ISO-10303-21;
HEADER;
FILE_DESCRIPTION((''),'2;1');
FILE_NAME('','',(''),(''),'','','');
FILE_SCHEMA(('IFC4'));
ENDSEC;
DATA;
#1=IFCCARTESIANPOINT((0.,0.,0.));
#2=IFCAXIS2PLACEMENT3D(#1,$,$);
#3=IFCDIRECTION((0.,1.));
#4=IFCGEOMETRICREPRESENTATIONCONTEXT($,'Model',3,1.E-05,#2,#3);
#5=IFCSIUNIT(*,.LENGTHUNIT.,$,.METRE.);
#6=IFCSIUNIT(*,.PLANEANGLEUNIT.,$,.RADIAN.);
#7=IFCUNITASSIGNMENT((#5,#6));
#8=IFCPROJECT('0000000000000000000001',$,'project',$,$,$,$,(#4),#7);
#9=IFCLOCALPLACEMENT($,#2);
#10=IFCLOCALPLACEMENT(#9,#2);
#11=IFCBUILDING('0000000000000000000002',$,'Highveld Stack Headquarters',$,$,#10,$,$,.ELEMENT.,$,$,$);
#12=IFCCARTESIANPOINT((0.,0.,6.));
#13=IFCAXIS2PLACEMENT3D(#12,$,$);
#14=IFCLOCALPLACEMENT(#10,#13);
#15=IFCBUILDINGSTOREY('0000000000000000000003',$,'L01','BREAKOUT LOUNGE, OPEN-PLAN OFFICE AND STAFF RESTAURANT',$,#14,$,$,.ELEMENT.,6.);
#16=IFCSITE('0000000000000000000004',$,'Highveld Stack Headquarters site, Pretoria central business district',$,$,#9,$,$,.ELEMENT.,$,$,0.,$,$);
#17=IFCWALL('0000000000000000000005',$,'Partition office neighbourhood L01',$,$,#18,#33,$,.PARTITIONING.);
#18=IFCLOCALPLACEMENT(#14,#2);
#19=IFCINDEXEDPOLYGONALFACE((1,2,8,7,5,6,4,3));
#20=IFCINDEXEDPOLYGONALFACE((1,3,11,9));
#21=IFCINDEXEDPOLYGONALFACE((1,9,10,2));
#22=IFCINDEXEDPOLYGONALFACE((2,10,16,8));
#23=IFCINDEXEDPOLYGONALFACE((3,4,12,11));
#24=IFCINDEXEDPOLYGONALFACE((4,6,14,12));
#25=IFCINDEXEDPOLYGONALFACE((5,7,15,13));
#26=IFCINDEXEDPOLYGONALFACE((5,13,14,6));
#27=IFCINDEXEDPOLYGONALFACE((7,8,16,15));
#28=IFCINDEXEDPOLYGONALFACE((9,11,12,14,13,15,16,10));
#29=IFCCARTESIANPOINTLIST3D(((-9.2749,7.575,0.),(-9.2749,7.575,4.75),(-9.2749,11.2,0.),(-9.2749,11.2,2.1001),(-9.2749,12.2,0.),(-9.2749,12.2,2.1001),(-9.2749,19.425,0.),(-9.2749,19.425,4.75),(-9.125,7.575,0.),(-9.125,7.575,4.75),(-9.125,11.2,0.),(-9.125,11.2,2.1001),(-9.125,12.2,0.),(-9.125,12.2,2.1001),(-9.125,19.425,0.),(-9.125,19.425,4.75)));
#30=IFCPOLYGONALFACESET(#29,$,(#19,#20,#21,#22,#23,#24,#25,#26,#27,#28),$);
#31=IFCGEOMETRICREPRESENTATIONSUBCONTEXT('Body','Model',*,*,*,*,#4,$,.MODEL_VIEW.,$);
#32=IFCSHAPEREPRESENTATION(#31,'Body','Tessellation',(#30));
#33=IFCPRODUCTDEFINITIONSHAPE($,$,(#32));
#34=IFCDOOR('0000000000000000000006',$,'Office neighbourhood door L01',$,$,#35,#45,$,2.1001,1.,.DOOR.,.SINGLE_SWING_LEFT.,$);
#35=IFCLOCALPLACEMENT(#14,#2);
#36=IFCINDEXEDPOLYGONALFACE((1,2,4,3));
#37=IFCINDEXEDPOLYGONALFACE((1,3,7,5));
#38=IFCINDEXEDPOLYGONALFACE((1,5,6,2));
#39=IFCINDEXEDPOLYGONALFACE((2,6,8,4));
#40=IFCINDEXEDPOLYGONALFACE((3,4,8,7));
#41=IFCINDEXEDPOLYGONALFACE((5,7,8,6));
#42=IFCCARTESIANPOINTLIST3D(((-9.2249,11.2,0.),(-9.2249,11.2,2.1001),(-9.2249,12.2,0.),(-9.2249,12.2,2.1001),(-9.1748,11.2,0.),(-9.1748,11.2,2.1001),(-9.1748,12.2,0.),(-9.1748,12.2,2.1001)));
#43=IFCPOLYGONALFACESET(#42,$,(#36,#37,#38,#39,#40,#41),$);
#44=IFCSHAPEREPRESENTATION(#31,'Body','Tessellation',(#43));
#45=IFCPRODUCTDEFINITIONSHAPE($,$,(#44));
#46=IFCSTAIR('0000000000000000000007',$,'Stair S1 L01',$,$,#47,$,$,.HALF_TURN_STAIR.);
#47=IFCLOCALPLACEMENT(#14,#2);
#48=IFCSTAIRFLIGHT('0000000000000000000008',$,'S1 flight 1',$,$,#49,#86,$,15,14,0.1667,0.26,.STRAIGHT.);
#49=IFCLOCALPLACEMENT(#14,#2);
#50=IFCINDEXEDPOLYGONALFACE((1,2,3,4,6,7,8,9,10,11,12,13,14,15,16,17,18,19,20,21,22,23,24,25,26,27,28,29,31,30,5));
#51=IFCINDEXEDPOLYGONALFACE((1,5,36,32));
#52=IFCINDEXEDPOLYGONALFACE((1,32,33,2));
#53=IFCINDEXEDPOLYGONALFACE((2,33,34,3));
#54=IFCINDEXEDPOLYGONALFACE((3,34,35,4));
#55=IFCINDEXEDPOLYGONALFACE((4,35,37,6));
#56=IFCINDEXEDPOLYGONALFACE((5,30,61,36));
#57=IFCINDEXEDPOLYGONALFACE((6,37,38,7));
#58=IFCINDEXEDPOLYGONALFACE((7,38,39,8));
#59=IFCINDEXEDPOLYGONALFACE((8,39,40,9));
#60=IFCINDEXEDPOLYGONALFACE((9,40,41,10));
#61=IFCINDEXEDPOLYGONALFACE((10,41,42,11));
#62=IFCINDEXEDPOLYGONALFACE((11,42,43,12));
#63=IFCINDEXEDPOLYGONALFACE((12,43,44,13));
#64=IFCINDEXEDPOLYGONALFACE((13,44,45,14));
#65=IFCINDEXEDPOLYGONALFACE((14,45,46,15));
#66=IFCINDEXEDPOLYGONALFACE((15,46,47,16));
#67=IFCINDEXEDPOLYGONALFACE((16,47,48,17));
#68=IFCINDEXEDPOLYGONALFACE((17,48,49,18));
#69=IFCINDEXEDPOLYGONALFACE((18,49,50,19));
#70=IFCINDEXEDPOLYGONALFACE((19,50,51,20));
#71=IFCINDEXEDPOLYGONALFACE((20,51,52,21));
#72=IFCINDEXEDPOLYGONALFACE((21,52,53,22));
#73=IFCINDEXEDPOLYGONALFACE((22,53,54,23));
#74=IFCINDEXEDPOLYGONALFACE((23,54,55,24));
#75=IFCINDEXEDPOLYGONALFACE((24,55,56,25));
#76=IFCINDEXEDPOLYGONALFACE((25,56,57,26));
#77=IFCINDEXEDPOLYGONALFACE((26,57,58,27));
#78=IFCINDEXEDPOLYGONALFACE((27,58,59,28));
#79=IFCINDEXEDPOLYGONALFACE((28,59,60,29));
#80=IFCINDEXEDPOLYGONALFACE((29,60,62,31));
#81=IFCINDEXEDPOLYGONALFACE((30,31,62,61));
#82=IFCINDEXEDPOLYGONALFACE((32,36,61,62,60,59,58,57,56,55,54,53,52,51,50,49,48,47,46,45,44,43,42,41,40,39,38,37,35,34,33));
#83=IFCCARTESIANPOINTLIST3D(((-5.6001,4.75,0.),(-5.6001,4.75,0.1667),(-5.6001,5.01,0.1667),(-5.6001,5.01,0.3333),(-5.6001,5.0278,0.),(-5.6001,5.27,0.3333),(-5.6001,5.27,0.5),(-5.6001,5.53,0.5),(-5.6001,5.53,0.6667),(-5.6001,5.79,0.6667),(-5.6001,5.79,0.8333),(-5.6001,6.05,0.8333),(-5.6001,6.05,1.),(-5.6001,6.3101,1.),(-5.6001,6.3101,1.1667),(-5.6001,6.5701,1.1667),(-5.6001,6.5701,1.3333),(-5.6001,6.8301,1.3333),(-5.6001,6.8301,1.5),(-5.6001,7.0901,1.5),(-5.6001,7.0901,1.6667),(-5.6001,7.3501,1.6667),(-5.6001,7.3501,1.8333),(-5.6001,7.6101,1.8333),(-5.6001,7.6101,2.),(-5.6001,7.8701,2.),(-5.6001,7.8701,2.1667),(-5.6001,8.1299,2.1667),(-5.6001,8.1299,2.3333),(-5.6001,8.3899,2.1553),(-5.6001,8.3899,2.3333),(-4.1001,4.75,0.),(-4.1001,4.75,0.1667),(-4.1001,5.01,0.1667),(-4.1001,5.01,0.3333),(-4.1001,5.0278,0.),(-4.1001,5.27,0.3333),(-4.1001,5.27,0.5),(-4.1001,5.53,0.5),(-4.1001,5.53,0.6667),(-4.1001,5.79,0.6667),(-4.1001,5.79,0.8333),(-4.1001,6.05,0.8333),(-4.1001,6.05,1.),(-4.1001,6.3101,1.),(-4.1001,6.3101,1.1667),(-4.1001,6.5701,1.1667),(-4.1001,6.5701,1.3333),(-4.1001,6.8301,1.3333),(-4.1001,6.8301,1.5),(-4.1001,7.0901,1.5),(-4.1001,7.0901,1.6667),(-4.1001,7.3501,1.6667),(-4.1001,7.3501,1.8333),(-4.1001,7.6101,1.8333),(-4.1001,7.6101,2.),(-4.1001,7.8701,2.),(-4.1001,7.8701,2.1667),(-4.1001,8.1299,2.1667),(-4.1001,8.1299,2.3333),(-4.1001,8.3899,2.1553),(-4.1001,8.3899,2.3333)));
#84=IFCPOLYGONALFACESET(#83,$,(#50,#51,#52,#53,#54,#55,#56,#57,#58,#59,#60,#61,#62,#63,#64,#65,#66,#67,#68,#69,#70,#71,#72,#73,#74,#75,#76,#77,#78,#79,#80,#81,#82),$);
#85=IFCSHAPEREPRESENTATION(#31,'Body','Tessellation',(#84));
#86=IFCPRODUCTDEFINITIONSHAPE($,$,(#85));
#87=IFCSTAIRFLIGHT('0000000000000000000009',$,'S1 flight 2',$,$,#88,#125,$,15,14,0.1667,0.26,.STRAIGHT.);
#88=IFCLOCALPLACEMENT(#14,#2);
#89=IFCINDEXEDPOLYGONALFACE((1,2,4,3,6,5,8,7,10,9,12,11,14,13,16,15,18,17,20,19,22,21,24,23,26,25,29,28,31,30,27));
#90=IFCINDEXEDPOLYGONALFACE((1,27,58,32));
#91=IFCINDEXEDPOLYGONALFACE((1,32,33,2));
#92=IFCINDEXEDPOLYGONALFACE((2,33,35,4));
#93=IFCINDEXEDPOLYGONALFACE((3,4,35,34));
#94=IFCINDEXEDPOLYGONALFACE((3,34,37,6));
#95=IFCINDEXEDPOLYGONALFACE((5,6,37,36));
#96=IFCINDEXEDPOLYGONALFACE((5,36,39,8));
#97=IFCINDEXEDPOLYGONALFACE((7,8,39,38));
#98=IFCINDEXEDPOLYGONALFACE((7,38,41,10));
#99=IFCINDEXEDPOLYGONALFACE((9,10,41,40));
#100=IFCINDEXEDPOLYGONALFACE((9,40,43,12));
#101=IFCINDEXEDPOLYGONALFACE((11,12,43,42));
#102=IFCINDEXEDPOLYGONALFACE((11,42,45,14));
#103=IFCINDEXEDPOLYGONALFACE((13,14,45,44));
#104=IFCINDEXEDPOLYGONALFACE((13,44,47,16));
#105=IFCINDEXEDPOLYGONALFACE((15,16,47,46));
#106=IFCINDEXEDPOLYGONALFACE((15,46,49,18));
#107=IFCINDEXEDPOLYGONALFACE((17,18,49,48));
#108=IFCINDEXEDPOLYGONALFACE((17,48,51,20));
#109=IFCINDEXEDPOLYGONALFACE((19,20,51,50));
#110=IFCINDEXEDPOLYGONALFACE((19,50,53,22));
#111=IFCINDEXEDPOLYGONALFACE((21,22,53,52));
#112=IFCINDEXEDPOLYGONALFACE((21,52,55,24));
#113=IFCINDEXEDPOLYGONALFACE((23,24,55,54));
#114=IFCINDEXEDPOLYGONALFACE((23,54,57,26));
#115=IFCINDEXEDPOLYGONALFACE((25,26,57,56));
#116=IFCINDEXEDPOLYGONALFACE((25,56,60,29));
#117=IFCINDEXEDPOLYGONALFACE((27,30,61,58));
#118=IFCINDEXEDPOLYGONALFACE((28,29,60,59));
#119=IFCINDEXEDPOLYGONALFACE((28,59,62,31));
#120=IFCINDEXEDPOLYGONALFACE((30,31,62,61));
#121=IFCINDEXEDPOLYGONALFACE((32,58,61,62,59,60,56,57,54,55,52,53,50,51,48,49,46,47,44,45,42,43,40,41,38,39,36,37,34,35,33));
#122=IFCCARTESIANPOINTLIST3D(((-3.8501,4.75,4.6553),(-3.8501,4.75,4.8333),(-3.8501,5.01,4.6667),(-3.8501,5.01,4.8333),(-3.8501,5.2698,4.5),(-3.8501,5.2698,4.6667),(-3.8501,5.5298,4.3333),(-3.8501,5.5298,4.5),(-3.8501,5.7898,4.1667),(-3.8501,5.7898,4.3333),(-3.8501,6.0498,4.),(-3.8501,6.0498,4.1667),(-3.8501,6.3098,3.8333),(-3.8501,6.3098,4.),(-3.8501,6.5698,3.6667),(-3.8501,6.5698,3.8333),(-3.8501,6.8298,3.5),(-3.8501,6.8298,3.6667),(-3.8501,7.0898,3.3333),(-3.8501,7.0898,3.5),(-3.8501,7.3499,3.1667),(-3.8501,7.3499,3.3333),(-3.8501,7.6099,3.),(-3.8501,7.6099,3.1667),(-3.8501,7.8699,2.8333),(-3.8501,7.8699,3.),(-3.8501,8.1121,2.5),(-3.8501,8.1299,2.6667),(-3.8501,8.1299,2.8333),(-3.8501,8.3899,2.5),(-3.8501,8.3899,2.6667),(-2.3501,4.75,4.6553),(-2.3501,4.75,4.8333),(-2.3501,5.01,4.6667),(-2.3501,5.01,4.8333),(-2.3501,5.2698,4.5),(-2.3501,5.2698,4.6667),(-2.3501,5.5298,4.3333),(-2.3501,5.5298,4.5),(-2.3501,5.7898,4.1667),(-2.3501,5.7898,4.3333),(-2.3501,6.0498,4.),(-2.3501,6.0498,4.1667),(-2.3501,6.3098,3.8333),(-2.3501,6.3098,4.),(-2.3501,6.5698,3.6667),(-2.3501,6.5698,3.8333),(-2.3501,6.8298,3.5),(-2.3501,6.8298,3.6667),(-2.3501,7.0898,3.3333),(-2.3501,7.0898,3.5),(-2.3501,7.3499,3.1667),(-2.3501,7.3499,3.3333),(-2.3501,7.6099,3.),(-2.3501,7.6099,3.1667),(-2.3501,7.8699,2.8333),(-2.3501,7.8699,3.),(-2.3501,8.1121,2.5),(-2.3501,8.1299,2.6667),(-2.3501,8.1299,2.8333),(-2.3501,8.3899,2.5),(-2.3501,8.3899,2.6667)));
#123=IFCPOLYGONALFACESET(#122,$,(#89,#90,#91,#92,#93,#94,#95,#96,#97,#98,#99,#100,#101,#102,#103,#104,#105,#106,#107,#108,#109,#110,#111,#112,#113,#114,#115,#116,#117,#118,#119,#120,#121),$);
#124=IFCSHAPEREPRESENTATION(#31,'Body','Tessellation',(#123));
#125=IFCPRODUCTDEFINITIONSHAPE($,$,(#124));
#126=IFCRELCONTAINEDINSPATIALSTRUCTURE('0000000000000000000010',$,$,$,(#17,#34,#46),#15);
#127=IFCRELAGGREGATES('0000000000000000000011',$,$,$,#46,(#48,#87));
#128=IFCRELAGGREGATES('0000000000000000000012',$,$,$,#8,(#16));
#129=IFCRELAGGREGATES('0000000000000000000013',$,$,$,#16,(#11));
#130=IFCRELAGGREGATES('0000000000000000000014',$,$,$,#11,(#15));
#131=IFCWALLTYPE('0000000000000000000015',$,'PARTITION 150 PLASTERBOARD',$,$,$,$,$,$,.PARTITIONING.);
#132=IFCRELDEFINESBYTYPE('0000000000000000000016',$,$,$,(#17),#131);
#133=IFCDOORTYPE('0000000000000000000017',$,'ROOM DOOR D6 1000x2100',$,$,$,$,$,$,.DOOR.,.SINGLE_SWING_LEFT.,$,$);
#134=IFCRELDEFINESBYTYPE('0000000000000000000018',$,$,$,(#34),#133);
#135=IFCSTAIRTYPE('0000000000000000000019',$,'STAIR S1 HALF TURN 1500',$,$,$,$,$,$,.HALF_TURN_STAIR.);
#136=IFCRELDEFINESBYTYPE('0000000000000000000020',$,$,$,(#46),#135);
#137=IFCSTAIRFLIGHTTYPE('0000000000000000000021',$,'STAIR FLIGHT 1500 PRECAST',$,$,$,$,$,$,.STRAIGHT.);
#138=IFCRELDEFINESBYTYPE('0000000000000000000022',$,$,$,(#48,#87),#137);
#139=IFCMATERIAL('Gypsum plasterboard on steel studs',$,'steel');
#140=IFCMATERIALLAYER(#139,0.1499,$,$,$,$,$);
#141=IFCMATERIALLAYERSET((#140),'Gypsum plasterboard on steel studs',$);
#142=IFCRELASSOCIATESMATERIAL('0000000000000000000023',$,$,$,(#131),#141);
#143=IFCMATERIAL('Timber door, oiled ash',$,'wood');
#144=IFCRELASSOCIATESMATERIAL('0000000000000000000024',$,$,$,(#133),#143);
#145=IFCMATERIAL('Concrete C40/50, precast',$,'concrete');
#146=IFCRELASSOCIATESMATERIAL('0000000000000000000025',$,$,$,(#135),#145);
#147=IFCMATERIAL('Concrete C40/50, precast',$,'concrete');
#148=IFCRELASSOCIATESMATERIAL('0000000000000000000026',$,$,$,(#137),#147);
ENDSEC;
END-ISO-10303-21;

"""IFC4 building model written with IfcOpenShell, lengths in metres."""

from ifc_helpers import new_model, si_unit, direction, frame, frame_2d, origin, place, context, subcontext, project, spatial, polyline, rectangle, outline, extrude, material, layer, layer_set, type_object, element, fill, aggregate, save


model = new_model("IFC4")

# Units and contexts
model_context = context("Model", 3, precision=1e-05, world=origin(), true_north=direction((0.0, 1.0)))
body_context = subcontext(model_context, "Body", "Model", "MODEL_VIEW")
ifc_project = project(units=[si_unit("LENGTHUNIT", "METRE"), si_unit("PLANEANGLEUNIT", "RADIAN")], contexts=[model_context])

# Site, building, storey
site_placement = place(None, origin())
site = spatial("IfcSite", under=ifc_project, at=site_placement, Name="Highveld Stack Headquarters site, Pretoria central business district", CompositionType="ELEMENT", RefElevation=0.0)
building_placement = place(site_placement, origin())
building = spatial("IfcBuilding", under=site, at=building_placement, Name="Highveld Stack Headquarters", CompositionType="ELEMENT")
storey_placement = place(building_placement, frame((0.0, 0.0, 6.0)))
storey = spatial("IfcBuildingStorey", under=building, at=storey_placement, Name="L01", Description="BREAKOUT LOUNGE, OPEN-PLAN OFFICE AND STAFF RESTAURANT", CompositionType="ELEMENT", Elevation=6.0)

# Wall, opening, door
ifc_material_1 = material(Name="Gypsum plasterboard on steel studs", Category="steel")
ifc_layer_1 = layer(ifc_material_1, 0.1499)
ifc_layer_set_1 = layer_set([ifc_layer_1], Name="Gypsum plasterboard on steel studs")
wall_type_1 = type_object("IfcWallType", Name="PARTITION 150 PLASTERBOARD", PredefinedType="PARTITIONING", material=ifc_layer_set_1)
wall_1_placement = place(storey_placement, frame((-9.2, 7.575, 0.0), z_axis=(0.0, 0.0, 1.0), x_axis=(0.0, 1.0, 0.0)))
wall_1 = element("IfcWall", 1, at=wall_1_placement, inside=storey, type_object=wall_type_1, Name="Partition office neighbourhood L01", PredefinedType="PARTITIONING", context=body_context, shape_type="SweptSolid", body=[
    extrude(rectangle(XDim=11.8501, YDim=0.1499, at=frame_2d((5.925, 0.0))), origin(), (0.0, 0.0, 1.0), 4.75),
])
opening_1_placement = place(wall_1_placement, frame((3.625, 0.0, 0.0)))
opening_1 = element("IfcOpeningElement", 2, at=opening_1_placement, cuts=wall_1, PredefinedType="OPENING", context=body_context, shape_type="SweptSolid", body=[
    extrude(rectangle(XDim=1.0, YDim=2.1001, at=frame_2d((0.5, 1.05))), frame((0.0, 0.085, 0.0), z_axis=(0.0, -1.0, 0.0), x_axis=(1.0, 0.0, 0.0)), (0.0, 0.0, 1.0), 0.1699),
])
ifc_material_2 = material(Name="Timber door, oiled ash", Category="wood")
door_type_1 = type_object("IfcDoorType", Name="ROOM DOOR D6 1000x2100", OperationType="SINGLE_SWING_LEFT", PredefinedType="DOOR", material=ifc_material_2)
door_1_placement = place(opening_1_placement, origin())
door_1 = element("IfcDoor", 3, at=door_1_placement, inside=storey, type_object=door_type_1, Name="Office neighbourhood door L01", OperationType="SINGLE_SWING_LEFT", OverallHeight=2.1001, OverallWidth=1.0, PredefinedType="DOOR", context=body_context, shape_type="SweptSolid", body=[
    extrude(rectangle(XDim=1.0, YDim=2.1001, at=frame_2d((0.5, 1.05))), frame((0.0, 0.0249, 0.0), z_axis=(0.0, -1.0, 0.0), x_axis=(1.0, 0.0, 0.0)), (0.0, 0.0, 1.0), 0.05),
])
fill(opening_1, door_1)

# Stair, stair flights
ifc_material_3 = material(Name="Concrete C40/50, precast", Category="concrete")
stair_type = type_object("IfcStairType", Name="STAIR S1 HALF TURN 1500", PredefinedType="HALF_TURN_STAIR", material=ifc_material_3)
stair_placement = place(storey_placement, origin())
stair = element("IfcStair", 4, at=stair_placement, inside=storey, type_object=stair_type, Name="Stair S1 L01", PredefinedType="HALF_TURN_STAIR")
ifc_material_4 = material(Name="Concrete C40/50, precast", Category="concrete")
stair_flight_type = type_object("IfcStairFlightType", Name="STAIR FLIGHT 1500 PRECAST", PredefinedType="STRAIGHT", material=ifc_material_4)
stair_flight_1_placement = place(storey_placement, frame((-4.8501, 4.75, 0.0), z_axis=(0.0, 0.0, 1.0), x_axis=(0.0, 1.0, 0.0)))
stair_flight_1 = element("IfcStairFlight", 5, at=stair_flight_1_placement, type_object=stair_flight_type, Name="S1 flight 1", NumberOfRisers=15, NumberOfTreads=14, PredefinedType="STRAIGHT", RiserHeight=0.1667, TreadLength=0.26, context=body_context, shape_type="SweptSolid", body=[
    extrude(outline(polyline([(0.0, 0.0), (0.0, 0.1667), (0.26, 0.1667), (0.26, 0.3333), (0.52, 0.3333), (0.52, 0.5), (0.78, 0.5), (0.78, 0.6667), (1.04, 0.6667), (1.04, 0.8333), (1.3, 0.8333), (1.3, 1.0), (1.5601, 1.0), (1.5601, 1.1667), (1.8201, 1.1667), (1.8201, 1.3333), (2.0801, 1.3333), (2.0801, 1.5), (2.3401, 1.5), (2.3401, 1.6667), (2.6001, 1.6667), (2.6001, 1.8333), (2.8601, 1.8333), (2.8601, 2.0), (3.1201, 2.0), (3.1201, 2.1667), (3.3799, 2.1667), (3.3799, 2.3333), (3.6399, 2.3333), (3.6399, 2.5), (3.6399, 2.1553), (0.2778, 0.0), (0.0, 0.0)])), frame((0.0, 0.75, 0.0), z_axis=(0.0, -1.0, 0.0), x_axis=(1.0, 0.0, 0.0)), (0.0, 0.0, 1.0), 1.5),
])
stair_flight_2_placement = place(storey_placement, frame((-3.1001, 8.3899, 2.5), z_axis=(0.0, 0.0, 1.0), x_axis=(0.0, -1.0, 0.0)))
stair_flight_2 = element("IfcStairFlight", 6, at=stair_flight_2_placement, type_object=stair_flight_type, Name="S1 flight 2", NumberOfRisers=15, NumberOfTreads=14, PredefinedType="STRAIGHT", RiserHeight=0.1667, TreadLength=0.26, context=body_context, shape_type="SweptSolid", body=[
    extrude(outline(polyline([(0.0, 0.0), (0.0, 0.1667), (0.26, 0.1667), (0.26, 0.3333), (0.52, 0.3333), (0.52, 0.5), (0.78, 0.5), (0.78, 0.6667), (1.04, 0.6667), (1.04, 0.8333), (1.3, 0.8333), (1.3, 1.0), (1.5601, 1.0), (1.5601, 1.1667), (1.8201, 1.1667), (1.8201, 1.3333), (2.0801, 1.3333), (2.0801, 1.5), (2.3401, 1.5), (2.3401, 1.6667), (2.6001, 1.6667), (2.6001, 1.8333), (2.8601, 1.8333), (2.8601, 2.0), (3.1201, 2.0), (3.1201, 2.1667), (3.3799, 2.1667), (3.3799, 2.3333), (3.6399, 2.3333), (3.6399, 2.5), (3.6399, 2.1553), (0.2778, 0.0), (0.0, 0.0)])), frame((0.0, 0.75, 0.0), z_axis=(0.0, -1.0, 0.0), x_axis=(1.0, 0.0, 0.0)), (0.0, 0.0, 1.0), 1.5),
])
aggregate(stair, [stair_flight_1, stair_flight_2])

save(model, "model.ifc")
